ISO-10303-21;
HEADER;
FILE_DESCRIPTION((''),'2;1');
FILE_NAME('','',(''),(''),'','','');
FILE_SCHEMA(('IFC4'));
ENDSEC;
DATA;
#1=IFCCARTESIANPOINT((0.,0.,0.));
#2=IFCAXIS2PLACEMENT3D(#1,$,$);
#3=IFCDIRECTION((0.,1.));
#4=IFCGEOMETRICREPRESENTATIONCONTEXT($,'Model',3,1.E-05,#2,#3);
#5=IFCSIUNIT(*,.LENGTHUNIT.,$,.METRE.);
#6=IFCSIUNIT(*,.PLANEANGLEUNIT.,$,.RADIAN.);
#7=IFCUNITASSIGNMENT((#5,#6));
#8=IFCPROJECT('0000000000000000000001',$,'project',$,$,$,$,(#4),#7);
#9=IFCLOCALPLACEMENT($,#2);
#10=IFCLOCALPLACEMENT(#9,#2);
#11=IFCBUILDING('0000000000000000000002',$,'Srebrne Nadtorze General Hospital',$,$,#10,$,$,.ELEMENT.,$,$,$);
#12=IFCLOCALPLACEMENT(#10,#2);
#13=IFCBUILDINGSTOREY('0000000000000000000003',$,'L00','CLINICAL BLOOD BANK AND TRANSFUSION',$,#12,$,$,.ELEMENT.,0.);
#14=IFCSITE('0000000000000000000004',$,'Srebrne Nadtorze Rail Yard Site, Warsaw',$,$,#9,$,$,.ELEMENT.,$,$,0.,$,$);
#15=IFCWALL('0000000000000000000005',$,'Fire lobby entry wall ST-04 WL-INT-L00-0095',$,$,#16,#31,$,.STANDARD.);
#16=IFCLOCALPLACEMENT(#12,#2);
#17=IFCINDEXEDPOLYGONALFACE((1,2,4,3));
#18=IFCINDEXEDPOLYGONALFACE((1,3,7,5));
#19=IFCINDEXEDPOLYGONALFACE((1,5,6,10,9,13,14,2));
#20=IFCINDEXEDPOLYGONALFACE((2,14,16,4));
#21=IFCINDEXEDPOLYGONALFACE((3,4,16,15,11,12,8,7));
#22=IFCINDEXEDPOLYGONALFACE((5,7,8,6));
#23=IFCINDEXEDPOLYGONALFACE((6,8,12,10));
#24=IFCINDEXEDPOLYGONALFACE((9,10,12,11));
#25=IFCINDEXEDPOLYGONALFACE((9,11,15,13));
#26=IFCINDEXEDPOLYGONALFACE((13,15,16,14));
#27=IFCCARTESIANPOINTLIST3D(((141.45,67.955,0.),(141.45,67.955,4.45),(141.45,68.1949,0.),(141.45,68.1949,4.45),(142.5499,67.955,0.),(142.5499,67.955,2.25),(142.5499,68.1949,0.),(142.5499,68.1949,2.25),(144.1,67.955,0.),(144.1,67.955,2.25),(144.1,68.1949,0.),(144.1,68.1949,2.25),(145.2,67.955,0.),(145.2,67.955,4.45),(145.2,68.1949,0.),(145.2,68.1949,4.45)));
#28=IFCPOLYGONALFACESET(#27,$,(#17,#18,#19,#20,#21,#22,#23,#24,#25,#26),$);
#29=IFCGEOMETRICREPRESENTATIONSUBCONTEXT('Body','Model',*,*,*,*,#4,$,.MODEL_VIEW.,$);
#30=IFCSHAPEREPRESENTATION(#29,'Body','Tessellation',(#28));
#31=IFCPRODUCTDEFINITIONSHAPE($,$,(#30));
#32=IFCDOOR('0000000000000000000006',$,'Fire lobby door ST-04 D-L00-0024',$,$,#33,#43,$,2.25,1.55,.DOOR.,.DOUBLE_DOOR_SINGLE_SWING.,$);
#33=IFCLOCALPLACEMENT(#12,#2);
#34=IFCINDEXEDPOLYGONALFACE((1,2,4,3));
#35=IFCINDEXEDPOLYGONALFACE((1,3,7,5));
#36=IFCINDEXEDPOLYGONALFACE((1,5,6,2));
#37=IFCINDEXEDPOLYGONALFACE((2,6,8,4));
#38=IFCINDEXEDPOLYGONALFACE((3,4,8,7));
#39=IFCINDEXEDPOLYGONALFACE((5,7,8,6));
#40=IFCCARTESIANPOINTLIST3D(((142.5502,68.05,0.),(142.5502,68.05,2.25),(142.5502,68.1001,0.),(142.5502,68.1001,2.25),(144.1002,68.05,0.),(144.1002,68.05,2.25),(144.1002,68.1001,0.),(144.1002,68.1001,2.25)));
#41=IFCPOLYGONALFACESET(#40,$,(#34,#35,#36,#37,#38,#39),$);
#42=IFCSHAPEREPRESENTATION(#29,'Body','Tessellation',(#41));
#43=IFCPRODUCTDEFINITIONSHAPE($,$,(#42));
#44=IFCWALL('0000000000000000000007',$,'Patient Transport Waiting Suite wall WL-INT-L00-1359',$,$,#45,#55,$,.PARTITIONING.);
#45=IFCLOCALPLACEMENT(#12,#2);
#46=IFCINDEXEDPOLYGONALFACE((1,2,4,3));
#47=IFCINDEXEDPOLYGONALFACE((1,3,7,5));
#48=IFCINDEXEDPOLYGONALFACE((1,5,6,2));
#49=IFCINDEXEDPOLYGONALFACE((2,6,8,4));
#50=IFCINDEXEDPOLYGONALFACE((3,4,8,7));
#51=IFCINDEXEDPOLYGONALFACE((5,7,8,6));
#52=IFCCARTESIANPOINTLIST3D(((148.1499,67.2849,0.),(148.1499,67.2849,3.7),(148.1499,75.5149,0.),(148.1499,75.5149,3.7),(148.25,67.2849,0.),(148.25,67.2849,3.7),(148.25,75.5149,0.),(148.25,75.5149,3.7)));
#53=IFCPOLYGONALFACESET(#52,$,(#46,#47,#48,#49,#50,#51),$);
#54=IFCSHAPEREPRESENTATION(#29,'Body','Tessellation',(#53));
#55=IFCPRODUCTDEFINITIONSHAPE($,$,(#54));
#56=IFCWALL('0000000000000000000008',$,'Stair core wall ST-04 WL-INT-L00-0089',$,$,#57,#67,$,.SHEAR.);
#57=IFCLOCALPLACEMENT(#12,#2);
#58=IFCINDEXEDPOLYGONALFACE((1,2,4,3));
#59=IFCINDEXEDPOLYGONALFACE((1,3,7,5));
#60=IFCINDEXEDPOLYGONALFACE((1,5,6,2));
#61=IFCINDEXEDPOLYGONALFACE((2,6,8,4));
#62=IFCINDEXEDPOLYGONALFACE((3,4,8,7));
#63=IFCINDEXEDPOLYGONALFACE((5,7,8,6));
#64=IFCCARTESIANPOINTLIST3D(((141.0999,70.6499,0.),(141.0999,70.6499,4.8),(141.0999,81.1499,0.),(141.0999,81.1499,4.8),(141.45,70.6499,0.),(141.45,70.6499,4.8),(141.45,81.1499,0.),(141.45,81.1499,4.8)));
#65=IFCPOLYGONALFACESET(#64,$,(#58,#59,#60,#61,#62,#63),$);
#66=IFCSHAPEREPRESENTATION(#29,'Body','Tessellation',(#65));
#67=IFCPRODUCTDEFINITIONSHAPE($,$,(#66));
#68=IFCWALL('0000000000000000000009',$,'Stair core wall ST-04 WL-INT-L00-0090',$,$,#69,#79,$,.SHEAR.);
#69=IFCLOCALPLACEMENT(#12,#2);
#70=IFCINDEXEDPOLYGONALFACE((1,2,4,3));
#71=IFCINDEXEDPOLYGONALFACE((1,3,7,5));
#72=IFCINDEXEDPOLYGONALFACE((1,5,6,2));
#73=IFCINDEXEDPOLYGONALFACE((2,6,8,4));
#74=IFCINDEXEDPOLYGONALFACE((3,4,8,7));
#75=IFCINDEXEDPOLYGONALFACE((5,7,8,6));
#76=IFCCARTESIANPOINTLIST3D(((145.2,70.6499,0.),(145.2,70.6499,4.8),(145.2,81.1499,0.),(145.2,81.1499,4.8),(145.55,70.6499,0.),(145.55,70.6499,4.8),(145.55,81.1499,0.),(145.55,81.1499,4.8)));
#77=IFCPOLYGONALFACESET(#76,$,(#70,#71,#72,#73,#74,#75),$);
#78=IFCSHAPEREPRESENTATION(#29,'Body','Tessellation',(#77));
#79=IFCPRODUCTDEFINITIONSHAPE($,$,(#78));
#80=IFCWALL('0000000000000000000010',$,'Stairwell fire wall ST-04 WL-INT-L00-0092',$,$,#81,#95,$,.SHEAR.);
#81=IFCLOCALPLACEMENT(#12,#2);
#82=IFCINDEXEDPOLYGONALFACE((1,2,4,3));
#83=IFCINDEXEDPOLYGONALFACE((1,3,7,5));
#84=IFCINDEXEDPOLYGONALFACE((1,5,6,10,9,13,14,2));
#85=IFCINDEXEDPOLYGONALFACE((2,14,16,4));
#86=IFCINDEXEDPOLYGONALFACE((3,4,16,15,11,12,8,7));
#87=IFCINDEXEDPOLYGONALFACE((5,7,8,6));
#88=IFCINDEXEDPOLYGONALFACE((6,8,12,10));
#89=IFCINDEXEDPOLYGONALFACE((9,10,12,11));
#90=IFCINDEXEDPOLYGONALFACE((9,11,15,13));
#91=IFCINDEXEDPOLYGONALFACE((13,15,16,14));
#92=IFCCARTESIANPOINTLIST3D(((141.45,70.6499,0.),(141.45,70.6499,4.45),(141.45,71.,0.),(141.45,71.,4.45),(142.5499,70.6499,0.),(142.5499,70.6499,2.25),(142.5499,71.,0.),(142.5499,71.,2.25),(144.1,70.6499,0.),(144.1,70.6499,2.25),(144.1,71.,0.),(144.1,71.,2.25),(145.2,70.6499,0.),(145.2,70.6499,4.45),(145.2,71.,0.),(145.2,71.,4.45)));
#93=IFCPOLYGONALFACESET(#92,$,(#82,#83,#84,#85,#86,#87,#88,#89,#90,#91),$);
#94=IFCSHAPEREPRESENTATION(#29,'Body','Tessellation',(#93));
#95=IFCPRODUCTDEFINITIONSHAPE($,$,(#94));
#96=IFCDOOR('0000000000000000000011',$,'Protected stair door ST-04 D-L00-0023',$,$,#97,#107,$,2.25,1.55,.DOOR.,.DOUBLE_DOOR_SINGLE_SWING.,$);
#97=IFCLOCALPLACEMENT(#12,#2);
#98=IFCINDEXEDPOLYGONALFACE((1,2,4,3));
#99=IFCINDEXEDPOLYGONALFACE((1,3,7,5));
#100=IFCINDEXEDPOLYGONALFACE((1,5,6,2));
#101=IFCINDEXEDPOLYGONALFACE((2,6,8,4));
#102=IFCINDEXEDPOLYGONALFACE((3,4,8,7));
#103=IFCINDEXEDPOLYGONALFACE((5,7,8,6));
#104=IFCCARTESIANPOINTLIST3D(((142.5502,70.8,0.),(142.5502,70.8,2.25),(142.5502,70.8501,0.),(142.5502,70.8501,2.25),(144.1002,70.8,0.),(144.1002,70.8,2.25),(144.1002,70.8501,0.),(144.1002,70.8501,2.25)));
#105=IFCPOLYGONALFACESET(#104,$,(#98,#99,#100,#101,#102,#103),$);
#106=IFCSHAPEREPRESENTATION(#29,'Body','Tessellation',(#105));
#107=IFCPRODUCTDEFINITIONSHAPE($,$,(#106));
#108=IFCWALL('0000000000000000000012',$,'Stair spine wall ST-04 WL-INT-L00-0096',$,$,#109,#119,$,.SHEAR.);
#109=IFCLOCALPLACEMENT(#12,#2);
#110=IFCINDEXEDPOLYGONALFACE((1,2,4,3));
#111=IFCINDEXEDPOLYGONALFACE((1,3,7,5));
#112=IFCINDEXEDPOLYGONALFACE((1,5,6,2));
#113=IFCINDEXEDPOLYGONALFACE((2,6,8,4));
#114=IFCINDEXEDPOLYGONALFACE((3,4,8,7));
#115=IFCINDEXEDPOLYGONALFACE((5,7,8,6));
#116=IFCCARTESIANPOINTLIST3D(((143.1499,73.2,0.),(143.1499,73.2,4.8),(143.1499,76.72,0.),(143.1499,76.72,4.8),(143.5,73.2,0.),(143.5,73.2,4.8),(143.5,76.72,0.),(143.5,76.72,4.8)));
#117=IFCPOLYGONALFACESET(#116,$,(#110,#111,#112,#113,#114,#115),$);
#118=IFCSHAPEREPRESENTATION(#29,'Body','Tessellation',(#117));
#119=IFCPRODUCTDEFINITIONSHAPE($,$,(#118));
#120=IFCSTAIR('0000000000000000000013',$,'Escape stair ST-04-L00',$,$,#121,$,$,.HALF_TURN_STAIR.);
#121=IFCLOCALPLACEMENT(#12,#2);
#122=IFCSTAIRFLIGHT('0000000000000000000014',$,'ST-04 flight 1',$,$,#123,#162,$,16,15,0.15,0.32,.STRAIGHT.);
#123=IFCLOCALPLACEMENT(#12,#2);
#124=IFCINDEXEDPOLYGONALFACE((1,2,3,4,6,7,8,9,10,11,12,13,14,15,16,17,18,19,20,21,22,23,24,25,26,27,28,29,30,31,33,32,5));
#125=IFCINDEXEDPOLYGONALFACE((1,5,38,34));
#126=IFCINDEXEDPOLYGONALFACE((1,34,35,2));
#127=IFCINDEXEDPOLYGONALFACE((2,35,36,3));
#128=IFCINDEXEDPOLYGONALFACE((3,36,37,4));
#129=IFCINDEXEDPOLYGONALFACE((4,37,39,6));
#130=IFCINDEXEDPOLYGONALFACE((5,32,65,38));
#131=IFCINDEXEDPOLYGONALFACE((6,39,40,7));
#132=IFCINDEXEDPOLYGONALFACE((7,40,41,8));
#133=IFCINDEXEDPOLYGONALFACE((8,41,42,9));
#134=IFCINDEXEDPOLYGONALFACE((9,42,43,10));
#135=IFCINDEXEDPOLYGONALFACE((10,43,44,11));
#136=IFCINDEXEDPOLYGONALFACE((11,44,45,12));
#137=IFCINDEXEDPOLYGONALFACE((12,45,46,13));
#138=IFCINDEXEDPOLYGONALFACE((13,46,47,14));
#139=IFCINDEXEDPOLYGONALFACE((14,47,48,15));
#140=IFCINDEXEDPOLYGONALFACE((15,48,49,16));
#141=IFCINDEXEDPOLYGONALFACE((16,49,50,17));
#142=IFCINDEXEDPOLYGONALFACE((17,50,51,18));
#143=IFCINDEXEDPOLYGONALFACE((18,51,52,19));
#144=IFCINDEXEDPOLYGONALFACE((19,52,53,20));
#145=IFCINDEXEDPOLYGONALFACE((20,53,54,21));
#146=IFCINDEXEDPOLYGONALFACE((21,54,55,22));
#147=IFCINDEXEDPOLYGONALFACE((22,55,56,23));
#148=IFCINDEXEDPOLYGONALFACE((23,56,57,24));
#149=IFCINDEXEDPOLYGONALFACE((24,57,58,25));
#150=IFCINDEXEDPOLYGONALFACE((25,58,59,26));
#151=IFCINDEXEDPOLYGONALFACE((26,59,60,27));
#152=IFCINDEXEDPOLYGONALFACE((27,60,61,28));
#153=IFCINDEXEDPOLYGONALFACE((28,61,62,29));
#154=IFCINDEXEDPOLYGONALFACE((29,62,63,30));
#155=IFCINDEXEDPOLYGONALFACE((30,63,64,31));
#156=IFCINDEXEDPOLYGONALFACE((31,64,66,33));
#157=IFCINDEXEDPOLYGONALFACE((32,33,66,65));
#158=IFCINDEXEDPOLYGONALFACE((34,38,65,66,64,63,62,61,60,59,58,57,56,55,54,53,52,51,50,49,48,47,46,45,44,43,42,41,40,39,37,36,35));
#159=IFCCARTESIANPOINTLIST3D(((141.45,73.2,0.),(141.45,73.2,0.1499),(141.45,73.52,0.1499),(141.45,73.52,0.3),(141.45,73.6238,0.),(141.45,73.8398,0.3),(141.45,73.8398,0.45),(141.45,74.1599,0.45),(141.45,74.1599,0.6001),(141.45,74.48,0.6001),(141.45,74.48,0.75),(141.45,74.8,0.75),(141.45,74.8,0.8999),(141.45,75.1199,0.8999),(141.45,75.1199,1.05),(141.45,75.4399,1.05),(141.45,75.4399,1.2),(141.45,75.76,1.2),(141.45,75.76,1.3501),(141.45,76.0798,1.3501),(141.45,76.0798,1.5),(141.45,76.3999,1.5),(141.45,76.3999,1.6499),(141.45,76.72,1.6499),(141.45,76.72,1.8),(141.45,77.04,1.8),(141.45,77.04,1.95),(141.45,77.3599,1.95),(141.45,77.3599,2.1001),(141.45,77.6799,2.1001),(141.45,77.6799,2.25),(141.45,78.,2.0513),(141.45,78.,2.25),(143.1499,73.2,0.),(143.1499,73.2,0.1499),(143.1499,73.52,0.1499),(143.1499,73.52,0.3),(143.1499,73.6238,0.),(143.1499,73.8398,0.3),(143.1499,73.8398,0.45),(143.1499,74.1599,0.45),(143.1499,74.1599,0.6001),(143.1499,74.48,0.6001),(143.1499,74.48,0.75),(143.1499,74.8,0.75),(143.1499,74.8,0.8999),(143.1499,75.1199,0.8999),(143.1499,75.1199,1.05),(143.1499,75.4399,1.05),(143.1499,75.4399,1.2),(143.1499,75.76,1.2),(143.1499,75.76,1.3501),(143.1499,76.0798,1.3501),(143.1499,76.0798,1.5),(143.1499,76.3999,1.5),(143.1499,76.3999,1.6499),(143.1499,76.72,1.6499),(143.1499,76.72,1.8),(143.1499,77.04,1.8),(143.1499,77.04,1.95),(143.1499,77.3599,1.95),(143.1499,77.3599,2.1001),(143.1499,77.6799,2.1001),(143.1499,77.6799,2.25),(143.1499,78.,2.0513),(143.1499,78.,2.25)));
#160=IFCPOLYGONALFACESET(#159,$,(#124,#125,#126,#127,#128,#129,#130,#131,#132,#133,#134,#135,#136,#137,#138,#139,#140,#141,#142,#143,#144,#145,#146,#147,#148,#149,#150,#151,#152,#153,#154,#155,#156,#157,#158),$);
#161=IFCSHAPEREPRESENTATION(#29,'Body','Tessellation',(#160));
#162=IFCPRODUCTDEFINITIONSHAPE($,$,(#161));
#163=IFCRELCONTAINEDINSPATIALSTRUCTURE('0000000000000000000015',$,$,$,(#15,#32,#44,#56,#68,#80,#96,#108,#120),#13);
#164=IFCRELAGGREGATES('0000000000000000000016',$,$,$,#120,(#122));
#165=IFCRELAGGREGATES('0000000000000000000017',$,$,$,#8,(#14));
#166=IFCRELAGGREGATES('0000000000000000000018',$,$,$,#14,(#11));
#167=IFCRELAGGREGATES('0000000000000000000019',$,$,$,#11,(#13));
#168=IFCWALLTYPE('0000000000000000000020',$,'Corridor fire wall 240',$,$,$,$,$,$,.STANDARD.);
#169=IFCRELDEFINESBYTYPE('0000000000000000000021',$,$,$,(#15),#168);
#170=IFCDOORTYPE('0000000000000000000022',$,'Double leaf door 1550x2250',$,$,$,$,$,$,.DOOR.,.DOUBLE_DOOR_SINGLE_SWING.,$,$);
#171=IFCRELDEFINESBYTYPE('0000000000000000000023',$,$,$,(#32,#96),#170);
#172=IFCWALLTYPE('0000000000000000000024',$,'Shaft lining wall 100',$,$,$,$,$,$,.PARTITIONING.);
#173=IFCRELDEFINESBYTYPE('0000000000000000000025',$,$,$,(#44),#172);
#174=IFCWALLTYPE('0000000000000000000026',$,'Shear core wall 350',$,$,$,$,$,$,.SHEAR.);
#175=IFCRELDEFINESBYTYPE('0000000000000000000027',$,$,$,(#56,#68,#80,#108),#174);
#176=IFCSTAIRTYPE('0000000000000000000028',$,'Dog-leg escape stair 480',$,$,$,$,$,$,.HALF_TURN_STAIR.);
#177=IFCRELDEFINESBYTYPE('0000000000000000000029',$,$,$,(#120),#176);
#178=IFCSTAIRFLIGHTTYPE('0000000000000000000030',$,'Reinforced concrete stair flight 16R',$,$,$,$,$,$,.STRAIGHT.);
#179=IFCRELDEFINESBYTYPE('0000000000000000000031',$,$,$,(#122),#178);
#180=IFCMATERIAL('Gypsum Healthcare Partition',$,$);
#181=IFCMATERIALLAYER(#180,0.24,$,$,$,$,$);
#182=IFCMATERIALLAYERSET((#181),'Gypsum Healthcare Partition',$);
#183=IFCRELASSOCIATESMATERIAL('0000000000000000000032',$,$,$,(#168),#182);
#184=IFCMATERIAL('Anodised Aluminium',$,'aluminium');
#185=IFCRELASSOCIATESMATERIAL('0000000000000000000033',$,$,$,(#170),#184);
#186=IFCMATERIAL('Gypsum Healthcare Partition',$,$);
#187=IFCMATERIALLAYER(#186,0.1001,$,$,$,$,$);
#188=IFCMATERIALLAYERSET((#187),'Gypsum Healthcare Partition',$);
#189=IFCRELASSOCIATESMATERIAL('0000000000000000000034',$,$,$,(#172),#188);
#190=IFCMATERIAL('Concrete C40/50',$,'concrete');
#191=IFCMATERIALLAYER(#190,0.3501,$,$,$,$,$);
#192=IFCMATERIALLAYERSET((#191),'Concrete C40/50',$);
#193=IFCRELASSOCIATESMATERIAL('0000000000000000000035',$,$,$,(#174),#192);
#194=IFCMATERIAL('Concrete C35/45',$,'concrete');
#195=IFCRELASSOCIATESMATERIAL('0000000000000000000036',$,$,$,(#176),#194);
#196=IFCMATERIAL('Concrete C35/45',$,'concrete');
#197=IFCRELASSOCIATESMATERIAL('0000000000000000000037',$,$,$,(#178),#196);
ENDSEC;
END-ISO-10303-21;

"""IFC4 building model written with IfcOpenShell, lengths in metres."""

from ifc_helpers import new_model, si_unit, direction, frame, frame_2d, origin, place, context, subcontext, project, spatial, polyline, rectangle, outline, extrude, material, layer, layer_set, type_object, element, fill, aggregate, save


model = new_model("IFC4")

# Units and contexts
model_context = context("Model", 3, precision=1e-05, world=origin(), true_north=direction((0.0, 1.0)))
body_context = subcontext(model_context, "Body", "Model", "MODEL_VIEW")
ifc_project = project(units=[si_unit("LENGTHUNIT", "METRE"), si_unit("PLANEANGLEUNIT", "RADIAN")], contexts=[model_context])

# Site, building, storey
site_placement = place(None, origin())
site = spatial("IfcSite", under=ifc_project, at=site_placement, Name="Srebrne Nadtorze Rail Yard Site, Warsaw", CompositionType="ELEMENT", RefElevation=0.0)
building_placement = place(site_placement, origin())
building = spatial("IfcBuilding", under=site, at=building_placement, Name="Srebrne Nadtorze General Hospital", CompositionType="ELEMENT")
storey_placement = place(building_placement, origin())
storey = spatial("IfcBuildingStorey", under=building, at=storey_placement, Name="L00", Description="CLINICAL BLOOD BANK AND TRANSFUSION", CompositionType="ELEMENT", Elevation=0.0)

# Shared definitions
ifc_material_1 = material(Name="Gypsum Healthcare Partition")
ifc_layer_1 = layer(ifc_material_1, 0.24)
ifc_layer_set_1 = layer_set([ifc_layer_1], Name="Gypsum Healthcare Partition")
wall_type_1 = type_object("IfcWallType", Name="Corridor fire wall 240", PredefinedType="STANDARD", material=ifc_layer_set_1)

# Wall, opening, door
wall_1_placement = place(storey_placement, frame((141.45, 68.075, 0.0), z_axis=(0.0, 0.0, 1.0), x_axis=(1.0, 0.0, 0.0)))
wall_1 = element("IfcWall", 1, at=wall_1_placement, inside=storey, type_object=wall_type_1, Name="Fire lobby entry wall ST-04 WL-INT-L00-0095", PredefinedType="STANDARD", context=body_context, shape_type="SweptSolid", body=[
    extrude(rectangle(XDim=3.75, YDim=0.24, at=frame_2d((1.875, 0.0))), origin(), (0.0, 0.0, 1.0), 4.45),
])
opening_1_placement = place(wall_1_placement, frame((1.1001, 0.0, 0.0)))
opening_1 = element("IfcOpeningElement", 2, at=opening_1_placement, cuts=wall_1, PredefinedType="OPENING", context=body_context, shape_type="SweptSolid", body=[
    extrude(rectangle(XDim=1.55, YDim=2.25, at=frame_2d((0.7749, 1.125))), frame((0.0, 0.1318, 0.0), z_axis=(0.0, -1.0, 0.0), x_axis=(1.0, 0.0, 0.0)), (0.0, 0.0, 1.0), 0.2639),
])
ifc_material_2 = material(Name="Anodised Aluminium", Category="aluminium")
door_type = type_object("IfcDoorType", Name="Double leaf door 1550x2250", OperationType="DOUBLE_DOOR_SINGLE_SWING", PredefinedType="DOOR", material=ifc_material_2)
door_1_placement = place(opening_1_placement, frame((1.55, 0.0, 0.0), z_axis=(0.0, 0.0, 1.0), x_axis=(-1.0, 0.0, 0.0)))
door_1 = element("IfcDoor", 3, at=door_1_placement, inside=storey, type_object=door_type, Name="Fire lobby door ST-04 D-L00-0024", OperationType="DOUBLE_DOOR_SINGLE_SWING", OverallHeight=2.25, OverallWidth=1.55, PredefinedType="DOOR", context=body_context, shape_type="SweptSolid", body=[
    extrude(rectangle(XDim=1.55, YDim=2.25, at=frame_2d((0.7749, 1.125))), frame((0.0, 0.0249, 0.0), z_axis=(0.0, -1.0, 0.0), x_axis=(1.0, 0.0, 0.0)), (0.0, 0.0, 1.0), 0.05),
])
fill(opening_1, door_1)

# Walls
ifc_material_3 = material(Name="Gypsum Healthcare Partition")
ifc_layer_2 = layer(ifc_material_3, 0.1001)
ifc_layer_set_2 = layer_set([ifc_layer_2], Name="Gypsum Healthcare Partition")
wall_type_2 = type_object("IfcWallType", Name="Shaft lining wall 100", PredefinedType="PARTITIONING", material=ifc_layer_set_2)
wall_2_placement = place(storey_placement, frame((148.2, 67.2849, 0.0), z_axis=(0.0, 0.0, 1.0), x_axis=(0.0, 1.0, 0.0)))
element("IfcWall", 4, at=wall_2_placement, inside=storey, type_object=wall_type_2, Name="Patient Transport Waiting Suite wall WL-INT-L00-1359", PredefinedType="PARTITIONING", context=body_context, shape_type="SweptSolid", body=[
    extrude(rectangle(XDim=8.23, YDim=0.1001, at=frame_2d((4.115, 0.0))), origin(), (0.0, 0.0, 1.0), 3.7),
])
ifc_material_4 = material(Name="Concrete C40/50", Category="concrete")
ifc_layer_3 = layer(ifc_material_4, 0.3501)
ifc_layer_set_3 = layer_set([ifc_layer_3], Name="Concrete C40/50")
wall_type_3 = type_object("IfcWallType", Name="Shear core wall 350", PredefinedType="SHEAR", material=ifc_layer_set_3)
for number, where, z_axis, x_axis, name in (
    (5, (141.2749, 70.6499, 0.0), (0.0, 0.0, 1.0), (0.0, 1.0, 0.0), "Stair core wall ST-04 WL-INT-L00-0089"),
    (6, (145.375, 70.6499, 0.0), (0.0, 0.0, 1.0), (0.0, 1.0, 0.0), "Stair core wall ST-04 WL-INT-L00-0090"),
):
    element("IfcWall", number, at=place(storey_placement, frame(where, z_axis=z_axis, x_axis=x_axis)), inside=storey, type_object=wall_type_3, Name=name, PredefinedType="SHEAR", context=body_context, shape_type="SweptSolid", body=[
        extrude(rectangle(XDim=10.5, YDim=0.3501, at=frame_2d((5.25, 0.0))), origin(), (0.0, 0.0, 1.0), 4.8),
    ])

# Wall, opening, door
wall_3_placement = place(storey_placement, frame((141.45, 70.825, 0.0), z_axis=(0.0, 0.0, 1.0), x_axis=(1.0, 0.0, 0.0)))
wall_3 = element("IfcWall", 7, at=wall_3_placement, inside=storey, type_object=wall_type_3, Name="Stairwell fire wall ST-04 WL-INT-L00-0092", PredefinedType="SHEAR", context=body_context, shape_type="SweptSolid", body=[
    extrude(rectangle(XDim=3.75, YDim=0.3501, at=frame_2d((1.875, 0.0))), origin(), (0.0, 0.0, 1.0), 4.45),
])
opening_2_placement = place(wall_3_placement, frame((1.1001, 0.0, 0.0)))
opening_2 = element("IfcOpeningElement", 8, at=opening_2_placement, cuts=wall_3, PredefinedType="OPENING", context=body_context, shape_type="SweptSolid", body=[
    extrude(rectangle(XDim=1.55, YDim=2.25, at=frame_2d((0.7749, 1.125))), frame((0.0, 0.187, 0.0), z_axis=(0.0, -1.0, 0.0), x_axis=(1.0, 0.0, 0.0)), (0.0, 0.0, 1.0), 0.374),
])
door_2_placement = place(opening_2_placement, frame((1.55, 0.0, 0.0), z_axis=(0.0, 0.0, 1.0), x_axis=(-1.0, 0.0, 0.0)))
door_2 = element("IfcDoor", 9, at=door_2_placement, inside=storey, type_object=door_type, Name="Protected stair door ST-04 D-L00-0023", OperationType="DOUBLE_DOOR_SINGLE_SWING", OverallHeight=2.25, OverallWidth=1.55, PredefinedType="DOOR", context=body_context, shape_type="SweptSolid", body=[
    extrude(rectangle(XDim=1.55, YDim=2.25, at=frame_2d((0.7749, 1.125))), frame((0.0, 0.0249, 0.0), z_axis=(0.0, -1.0, 0.0), x_axis=(1.0, 0.0, 0.0)), (0.0, 0.0, 1.0), 0.05),
])
fill(opening_2, door_2)

# Wall
wall_4_placement = place(storey_placement, frame((143.325, 73.2, 0.0), z_axis=(0.0, 0.0, 1.0), x_axis=(0.0, 1.0, 0.0)))
element("IfcWall", 10, at=wall_4_placement, inside=storey, type_object=wall_type_3, Name="Stair spine wall ST-04 WL-INT-L00-0096", PredefinedType="SHEAR", context=body_context, shape_type="SweptSolid", body=[
    extrude(rectangle(XDim=3.52, YDim=0.3501, at=frame_2d((1.76, 0.0))), origin(), (0.0, 0.0, 1.0), 4.8),
])

# Stair, stair flight
ifc_material_5 = material(Name="Concrete C35/45", Category="concrete")
stair_type = type_object("IfcStairType", Name="Dog-leg escape stair 480", PredefinedType="HALF_TURN_STAIR", material=ifc_material_5)
stair_placement = place(storey_placement, origin())
stair = element("IfcStair", 11, at=stair_placement, inside=storey, type_object=stair_type, Name="Escape stair ST-04-L00", PredefinedType="HALF_TURN_STAIR")
ifc_material_6 = material(Name="Concrete C35/45", Category="concrete")
stair_flight_type = type_object("IfcStairFlightType", Name="Reinforced concrete stair flight 16R", PredefinedType="STRAIGHT", material=ifc_material_6)
stair_flight_placement = place(storey_placement, frame((142.3, 73.2, 0.0), z_axis=(0.0, 0.0, 1.0), x_axis=(0.0, 1.0, 0.0)))
stair_flight = element("IfcStairFlight", 12, at=stair_flight_placement, type_object=stair_flight_type, Name="ST-04 flight 1", NumberOfRisers=16, NumberOfTreads=15, PredefinedType="STRAIGHT", RiserHeight=0.15, TreadLength=0.32, context=body_context, shape_type="SweptSolid", body=[
    extrude(outline(polyline([(0.0, 0.0), (0.0, 0.1499), (0.3201, 0.1499), (0.3201, 0.3), (0.6399, 0.3), (0.6399, 0.45), (0.96, 0.45), (0.96, 0.6001), (1.28, 0.6001), (1.28, 0.75), (1.6001, 0.75), (1.6001, 0.8999), (1.9199, 0.8999), (1.9199, 1.05), (2.24, 1.05), (2.24, 1.2), (2.5601, 1.2), (2.5601, 1.3501), (2.8799, 1.3501), (2.8799, 1.5), (3.2, 1.5), (3.2, 1.6499), (3.52, 1.6499), (3.52, 1.8), (3.8401, 1.8), (3.8401, 1.95), (4.1599, 1.95), (4.1599, 2.1001), (4.48, 2.1001), (4.48, 2.25), (4.8, 2.25), (4.8, 2.3999), (4.8, 2.0513), (0.4238, 0.0), (0.0, 0.0)])), frame((0.0, 0.8501, 0.0), z_axis=(0.0, -1.0, 0.0), x_axis=(1.0, 0.0, 0.0)), (0.0, 0.0, 1.0), 1.7),
])
aggregate(stair, [stair_flight])

save(model, "model.ifc")
